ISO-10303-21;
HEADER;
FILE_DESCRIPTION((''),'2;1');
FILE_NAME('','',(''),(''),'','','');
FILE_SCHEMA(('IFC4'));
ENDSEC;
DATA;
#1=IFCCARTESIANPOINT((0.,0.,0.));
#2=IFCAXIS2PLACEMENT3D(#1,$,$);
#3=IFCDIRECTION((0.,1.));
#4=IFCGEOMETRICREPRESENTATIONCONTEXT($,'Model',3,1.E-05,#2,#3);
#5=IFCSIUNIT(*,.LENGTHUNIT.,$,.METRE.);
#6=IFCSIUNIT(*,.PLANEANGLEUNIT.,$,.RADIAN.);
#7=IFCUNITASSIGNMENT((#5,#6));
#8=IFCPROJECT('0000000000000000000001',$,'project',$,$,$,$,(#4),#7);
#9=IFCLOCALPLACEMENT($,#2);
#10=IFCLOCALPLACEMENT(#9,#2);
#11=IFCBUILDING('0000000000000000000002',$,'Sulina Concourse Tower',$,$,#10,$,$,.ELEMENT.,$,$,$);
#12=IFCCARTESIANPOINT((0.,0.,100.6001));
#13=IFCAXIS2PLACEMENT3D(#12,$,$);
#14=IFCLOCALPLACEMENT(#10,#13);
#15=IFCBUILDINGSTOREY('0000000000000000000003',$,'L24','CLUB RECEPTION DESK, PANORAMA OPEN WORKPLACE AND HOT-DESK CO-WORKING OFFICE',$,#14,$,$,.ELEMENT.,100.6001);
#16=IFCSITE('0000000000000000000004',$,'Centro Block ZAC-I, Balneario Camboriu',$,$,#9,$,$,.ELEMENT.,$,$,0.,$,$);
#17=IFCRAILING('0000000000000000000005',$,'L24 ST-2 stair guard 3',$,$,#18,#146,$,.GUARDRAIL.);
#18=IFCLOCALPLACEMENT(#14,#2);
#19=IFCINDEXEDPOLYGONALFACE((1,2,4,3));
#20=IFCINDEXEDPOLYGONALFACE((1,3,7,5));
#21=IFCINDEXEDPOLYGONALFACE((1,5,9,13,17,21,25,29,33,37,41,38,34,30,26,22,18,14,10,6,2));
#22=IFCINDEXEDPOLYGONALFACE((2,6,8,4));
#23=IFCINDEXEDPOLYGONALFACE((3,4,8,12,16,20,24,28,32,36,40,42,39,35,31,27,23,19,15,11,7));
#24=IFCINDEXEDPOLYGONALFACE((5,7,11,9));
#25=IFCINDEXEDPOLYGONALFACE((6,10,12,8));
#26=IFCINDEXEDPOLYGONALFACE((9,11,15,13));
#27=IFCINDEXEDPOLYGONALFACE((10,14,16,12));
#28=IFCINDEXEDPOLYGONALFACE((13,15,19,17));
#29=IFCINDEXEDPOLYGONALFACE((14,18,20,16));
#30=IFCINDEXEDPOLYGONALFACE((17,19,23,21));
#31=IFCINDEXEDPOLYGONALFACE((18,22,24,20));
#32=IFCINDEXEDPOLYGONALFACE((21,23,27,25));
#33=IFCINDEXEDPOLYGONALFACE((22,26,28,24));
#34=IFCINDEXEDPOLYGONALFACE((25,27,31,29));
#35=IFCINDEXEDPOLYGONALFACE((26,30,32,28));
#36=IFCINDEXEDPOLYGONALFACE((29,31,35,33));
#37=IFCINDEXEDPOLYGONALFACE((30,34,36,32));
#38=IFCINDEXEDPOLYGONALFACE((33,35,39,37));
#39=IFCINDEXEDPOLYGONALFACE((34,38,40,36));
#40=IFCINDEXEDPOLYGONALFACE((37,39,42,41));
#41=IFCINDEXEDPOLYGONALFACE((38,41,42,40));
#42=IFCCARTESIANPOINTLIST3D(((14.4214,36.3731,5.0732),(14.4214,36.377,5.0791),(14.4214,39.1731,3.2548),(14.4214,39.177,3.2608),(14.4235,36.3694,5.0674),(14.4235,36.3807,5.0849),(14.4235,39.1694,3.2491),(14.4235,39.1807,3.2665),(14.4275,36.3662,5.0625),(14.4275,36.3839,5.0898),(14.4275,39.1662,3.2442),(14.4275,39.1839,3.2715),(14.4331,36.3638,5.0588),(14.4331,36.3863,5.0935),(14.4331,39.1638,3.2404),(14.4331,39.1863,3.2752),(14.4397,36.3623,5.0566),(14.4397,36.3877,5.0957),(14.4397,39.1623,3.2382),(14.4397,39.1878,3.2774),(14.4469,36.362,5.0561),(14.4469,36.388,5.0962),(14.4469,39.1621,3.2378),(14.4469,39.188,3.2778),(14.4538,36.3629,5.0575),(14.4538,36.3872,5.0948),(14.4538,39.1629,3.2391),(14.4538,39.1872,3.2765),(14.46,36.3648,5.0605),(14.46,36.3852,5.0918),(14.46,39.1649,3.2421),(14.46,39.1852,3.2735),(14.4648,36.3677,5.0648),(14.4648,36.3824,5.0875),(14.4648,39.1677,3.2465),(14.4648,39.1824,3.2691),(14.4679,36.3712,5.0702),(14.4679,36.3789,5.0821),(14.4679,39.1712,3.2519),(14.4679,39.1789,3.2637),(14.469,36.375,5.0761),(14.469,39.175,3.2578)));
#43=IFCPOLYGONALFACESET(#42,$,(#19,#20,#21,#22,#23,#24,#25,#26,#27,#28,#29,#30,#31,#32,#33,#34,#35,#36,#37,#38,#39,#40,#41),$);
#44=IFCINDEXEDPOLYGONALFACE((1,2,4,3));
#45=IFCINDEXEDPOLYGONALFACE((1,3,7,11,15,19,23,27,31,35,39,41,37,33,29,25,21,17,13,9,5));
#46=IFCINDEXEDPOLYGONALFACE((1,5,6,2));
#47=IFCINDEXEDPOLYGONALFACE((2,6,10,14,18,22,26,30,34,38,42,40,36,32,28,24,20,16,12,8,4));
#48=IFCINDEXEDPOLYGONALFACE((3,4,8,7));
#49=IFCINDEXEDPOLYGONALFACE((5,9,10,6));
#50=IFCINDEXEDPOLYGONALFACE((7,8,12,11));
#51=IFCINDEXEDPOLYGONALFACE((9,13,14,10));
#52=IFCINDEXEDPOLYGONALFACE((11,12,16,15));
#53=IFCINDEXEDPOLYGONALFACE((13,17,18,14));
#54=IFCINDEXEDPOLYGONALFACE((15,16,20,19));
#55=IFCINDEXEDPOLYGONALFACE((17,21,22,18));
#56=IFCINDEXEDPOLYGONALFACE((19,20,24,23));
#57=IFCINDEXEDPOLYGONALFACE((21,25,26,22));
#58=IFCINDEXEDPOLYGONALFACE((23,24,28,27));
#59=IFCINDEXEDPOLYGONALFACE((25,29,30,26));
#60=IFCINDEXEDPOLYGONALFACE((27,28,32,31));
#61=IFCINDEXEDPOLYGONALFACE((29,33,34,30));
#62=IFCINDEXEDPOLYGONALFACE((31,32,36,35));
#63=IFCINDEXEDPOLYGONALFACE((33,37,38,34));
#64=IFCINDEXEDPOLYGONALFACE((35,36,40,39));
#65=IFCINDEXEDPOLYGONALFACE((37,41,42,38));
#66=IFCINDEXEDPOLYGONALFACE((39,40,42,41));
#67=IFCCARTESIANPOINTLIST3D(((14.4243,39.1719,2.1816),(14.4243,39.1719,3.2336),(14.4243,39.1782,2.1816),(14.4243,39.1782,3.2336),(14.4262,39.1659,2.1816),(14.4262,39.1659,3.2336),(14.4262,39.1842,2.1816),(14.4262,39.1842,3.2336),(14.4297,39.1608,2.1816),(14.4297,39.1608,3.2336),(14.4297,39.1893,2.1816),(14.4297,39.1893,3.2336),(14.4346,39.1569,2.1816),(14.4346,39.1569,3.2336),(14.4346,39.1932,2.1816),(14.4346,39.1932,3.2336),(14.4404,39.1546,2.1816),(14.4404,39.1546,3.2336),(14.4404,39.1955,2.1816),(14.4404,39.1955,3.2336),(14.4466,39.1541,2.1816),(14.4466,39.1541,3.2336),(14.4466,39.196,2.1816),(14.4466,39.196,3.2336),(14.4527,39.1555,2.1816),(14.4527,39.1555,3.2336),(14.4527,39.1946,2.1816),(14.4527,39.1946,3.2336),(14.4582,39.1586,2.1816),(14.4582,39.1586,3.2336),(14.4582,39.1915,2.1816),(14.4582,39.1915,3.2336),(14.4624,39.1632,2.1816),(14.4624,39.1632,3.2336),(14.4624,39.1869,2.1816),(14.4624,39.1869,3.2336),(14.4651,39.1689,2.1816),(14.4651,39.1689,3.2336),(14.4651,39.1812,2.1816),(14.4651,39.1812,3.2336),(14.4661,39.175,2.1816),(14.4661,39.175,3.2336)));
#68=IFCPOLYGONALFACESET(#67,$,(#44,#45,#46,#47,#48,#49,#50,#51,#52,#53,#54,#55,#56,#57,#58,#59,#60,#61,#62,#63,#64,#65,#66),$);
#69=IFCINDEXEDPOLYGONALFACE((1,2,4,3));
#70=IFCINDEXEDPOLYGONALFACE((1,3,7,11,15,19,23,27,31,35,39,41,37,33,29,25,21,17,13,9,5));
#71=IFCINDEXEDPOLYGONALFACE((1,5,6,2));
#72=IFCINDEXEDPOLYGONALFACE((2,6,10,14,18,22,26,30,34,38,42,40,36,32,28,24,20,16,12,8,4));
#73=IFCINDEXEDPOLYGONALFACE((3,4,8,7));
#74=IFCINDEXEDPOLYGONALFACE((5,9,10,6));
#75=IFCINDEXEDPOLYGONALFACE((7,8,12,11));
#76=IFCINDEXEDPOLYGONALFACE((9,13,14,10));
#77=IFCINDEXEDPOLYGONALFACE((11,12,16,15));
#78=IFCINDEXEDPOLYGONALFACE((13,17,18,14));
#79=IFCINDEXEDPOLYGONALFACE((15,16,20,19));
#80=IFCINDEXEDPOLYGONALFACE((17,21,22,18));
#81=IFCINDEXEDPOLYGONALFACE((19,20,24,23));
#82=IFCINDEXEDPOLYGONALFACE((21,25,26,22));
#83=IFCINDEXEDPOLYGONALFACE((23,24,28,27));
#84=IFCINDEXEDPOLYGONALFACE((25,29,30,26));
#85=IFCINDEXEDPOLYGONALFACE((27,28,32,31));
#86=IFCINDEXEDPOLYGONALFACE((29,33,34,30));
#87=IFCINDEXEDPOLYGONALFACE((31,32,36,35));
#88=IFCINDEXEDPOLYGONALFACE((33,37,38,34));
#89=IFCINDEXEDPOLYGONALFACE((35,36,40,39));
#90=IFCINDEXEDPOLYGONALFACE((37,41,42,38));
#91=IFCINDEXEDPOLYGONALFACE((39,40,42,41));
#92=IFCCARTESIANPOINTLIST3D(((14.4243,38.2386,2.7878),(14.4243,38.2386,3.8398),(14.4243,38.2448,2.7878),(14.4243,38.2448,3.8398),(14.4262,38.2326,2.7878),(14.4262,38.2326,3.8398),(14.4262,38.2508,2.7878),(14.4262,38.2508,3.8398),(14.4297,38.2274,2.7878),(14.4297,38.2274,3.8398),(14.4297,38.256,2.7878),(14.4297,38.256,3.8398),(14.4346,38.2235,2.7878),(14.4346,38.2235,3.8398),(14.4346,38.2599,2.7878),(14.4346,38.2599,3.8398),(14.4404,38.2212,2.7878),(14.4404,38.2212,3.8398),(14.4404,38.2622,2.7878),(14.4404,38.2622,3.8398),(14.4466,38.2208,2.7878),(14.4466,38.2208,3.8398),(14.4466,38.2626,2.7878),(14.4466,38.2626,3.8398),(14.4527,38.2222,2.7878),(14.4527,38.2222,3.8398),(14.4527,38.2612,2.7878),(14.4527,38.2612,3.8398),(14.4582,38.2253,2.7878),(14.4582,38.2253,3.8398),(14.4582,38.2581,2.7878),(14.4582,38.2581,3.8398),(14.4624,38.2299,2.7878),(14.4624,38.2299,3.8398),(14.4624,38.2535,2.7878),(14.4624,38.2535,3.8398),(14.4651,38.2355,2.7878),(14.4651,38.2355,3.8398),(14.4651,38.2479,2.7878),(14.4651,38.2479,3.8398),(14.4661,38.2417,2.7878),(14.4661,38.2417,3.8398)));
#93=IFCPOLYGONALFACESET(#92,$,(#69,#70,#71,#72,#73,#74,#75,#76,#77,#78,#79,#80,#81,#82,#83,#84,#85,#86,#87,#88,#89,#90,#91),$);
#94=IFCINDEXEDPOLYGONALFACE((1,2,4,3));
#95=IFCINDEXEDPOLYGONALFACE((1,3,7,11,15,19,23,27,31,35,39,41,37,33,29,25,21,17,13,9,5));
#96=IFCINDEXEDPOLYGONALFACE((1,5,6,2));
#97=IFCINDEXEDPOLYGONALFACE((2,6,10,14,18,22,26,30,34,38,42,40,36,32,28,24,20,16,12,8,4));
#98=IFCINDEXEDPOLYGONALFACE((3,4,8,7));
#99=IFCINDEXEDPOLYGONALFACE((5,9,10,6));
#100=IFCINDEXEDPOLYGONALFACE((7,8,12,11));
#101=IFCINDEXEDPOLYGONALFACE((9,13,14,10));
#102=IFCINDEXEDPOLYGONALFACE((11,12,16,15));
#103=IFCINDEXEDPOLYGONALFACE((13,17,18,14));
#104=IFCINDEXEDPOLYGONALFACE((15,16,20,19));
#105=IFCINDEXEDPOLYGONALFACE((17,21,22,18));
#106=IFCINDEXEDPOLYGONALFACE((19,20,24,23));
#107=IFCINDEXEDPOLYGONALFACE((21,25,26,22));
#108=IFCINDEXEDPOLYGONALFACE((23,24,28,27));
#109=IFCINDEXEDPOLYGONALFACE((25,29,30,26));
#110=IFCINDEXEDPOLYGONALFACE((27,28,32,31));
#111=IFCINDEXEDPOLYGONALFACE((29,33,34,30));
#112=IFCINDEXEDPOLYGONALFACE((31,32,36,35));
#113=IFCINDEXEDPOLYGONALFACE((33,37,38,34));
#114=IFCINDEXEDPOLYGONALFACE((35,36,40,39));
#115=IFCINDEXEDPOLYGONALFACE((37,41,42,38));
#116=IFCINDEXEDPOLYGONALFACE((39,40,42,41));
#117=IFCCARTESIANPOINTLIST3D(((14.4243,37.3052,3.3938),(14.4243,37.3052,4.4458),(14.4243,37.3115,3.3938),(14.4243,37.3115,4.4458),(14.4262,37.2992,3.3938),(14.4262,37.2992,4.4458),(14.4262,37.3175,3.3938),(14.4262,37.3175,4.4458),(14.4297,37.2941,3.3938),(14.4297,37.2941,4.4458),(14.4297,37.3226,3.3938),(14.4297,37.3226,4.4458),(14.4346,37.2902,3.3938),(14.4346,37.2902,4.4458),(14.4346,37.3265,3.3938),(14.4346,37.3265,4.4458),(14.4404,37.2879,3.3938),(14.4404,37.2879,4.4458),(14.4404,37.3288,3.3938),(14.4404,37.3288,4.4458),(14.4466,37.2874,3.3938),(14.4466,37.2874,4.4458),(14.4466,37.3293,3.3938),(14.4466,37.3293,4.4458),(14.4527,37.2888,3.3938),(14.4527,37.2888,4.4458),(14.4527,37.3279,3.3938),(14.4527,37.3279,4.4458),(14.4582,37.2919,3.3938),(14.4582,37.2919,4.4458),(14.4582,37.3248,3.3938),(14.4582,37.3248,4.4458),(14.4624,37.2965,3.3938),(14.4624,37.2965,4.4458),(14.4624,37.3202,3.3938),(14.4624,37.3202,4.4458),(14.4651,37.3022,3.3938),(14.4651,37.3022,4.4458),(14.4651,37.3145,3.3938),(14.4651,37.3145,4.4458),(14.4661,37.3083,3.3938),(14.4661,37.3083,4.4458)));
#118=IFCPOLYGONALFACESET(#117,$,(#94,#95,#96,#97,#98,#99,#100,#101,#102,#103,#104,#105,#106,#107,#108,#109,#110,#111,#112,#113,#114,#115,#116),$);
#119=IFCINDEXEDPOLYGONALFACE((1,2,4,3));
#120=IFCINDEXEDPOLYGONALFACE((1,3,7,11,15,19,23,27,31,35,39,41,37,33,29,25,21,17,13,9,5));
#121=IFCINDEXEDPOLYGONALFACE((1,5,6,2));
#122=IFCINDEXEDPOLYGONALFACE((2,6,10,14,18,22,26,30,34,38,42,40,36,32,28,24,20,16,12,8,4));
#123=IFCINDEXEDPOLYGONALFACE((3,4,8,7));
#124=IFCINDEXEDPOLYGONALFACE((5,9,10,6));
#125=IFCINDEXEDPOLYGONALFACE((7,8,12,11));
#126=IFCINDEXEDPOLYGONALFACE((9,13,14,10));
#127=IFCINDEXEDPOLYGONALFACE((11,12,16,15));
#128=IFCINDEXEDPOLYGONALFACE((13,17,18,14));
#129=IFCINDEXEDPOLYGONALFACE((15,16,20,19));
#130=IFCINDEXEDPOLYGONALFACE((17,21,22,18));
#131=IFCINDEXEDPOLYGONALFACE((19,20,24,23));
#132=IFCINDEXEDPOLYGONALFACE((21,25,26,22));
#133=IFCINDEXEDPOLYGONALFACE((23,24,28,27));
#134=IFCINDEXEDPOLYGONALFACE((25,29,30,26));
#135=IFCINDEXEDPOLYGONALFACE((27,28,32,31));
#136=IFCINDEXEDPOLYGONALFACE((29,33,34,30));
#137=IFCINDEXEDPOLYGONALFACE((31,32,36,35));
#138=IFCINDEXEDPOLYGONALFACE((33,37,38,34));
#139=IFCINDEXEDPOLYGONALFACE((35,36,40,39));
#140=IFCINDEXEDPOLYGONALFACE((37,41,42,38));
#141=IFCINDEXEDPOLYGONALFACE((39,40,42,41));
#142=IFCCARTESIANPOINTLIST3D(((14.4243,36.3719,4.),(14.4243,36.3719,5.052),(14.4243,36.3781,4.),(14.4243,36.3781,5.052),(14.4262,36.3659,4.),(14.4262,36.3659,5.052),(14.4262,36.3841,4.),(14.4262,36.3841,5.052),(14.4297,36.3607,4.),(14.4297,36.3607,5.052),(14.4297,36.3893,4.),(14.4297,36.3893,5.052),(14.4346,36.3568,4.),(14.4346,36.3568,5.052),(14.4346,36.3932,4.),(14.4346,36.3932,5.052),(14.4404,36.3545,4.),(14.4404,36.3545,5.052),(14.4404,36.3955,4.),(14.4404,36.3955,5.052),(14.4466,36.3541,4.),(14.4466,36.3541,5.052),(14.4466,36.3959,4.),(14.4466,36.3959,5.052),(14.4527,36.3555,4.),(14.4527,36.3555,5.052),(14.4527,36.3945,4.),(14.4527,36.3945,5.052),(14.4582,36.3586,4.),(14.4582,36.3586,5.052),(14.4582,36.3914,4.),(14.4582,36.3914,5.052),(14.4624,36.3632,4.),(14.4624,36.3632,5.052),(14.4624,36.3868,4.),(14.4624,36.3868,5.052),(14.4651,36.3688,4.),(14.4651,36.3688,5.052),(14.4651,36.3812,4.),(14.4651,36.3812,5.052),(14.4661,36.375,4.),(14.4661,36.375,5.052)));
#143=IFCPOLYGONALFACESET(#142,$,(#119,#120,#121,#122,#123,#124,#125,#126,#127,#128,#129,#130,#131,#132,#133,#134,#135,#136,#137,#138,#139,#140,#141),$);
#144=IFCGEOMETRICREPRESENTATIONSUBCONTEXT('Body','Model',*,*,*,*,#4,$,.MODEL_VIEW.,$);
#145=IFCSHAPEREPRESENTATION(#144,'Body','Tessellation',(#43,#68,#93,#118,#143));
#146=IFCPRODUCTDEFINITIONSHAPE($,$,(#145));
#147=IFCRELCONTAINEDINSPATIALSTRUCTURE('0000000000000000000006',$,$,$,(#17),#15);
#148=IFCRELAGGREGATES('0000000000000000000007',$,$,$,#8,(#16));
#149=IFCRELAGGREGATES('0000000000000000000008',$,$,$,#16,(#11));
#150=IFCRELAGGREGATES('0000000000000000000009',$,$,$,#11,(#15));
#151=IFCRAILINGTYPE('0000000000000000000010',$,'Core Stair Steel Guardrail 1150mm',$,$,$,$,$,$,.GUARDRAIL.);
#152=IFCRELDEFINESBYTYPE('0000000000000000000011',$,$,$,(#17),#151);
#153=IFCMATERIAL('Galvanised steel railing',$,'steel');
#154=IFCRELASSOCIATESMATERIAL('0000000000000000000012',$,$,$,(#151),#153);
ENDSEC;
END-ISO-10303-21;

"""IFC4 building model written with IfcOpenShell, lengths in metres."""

from ifc_helpers import new_model, si_unit, direction, frame, origin, origin_2d, place, context, subcontext, project, spatial, circle, extrude, material, type_object, element, save


model = new_model("IFC4")

# Units and contexts
model_context = context("Model", 3, precision=1e-05, world=origin(), true_north=direction((0.0, 1.0)))
body_context = subcontext(model_context, "Body", "Model", "MODEL_VIEW")
ifc_project = project(units=[si_unit("LENGTHUNIT", "METRE"), si_unit("PLANEANGLEUNIT", "RADIAN")], contexts=[model_context])

# Site, building, storey
site_placement = place(None, origin())
site = spatial("IfcSite", under=ifc_project, at=site_placement, Name="Centro Block ZAC-I, Balneario Camboriu", CompositionType="ELEMENT", RefElevation=0.0)
building_placement = place(site_placement, origin())
building = spatial("IfcBuilding", under=site, at=building_placement, Name="Sulina Concourse Tower", CompositionType="ELEMENT")
storey_placement = place(building_placement, frame((0.0, 0.0, 100.6001)))
storey = spatial("IfcBuildingStorey", under=building, at=storey_placement, Name="L24", Description="CLUB RECEPTION DESK, PANORAMA OPEN WORKPLACE AND HOT-DESK CO-WORKING OFFICE", CompositionType="ELEMENT", Elevation=100.6001)

# Railing
ifc_material_1 = material(Name="Galvanised steel railing", Category="steel")
railing_type_1 = type_object("IfcRailingType", Name="Core Stair Steel Guardrail 1150mm", PredefinedType="GUARDRAIL", material=ifc_material_1)
railing_1_placement = place(storey_placement, frame((14.4451, 39.175, 2.1816)))
element("IfcRailing", 1, at=railing_1_placement, inside=storey, type_object=railing_type_1, Name="L24 ST-2 stair guard 3", PredefinedType="GUARDRAIL", context=body_context, shape_type="SweptSolid", body=[
    extrude(circle(Radius=0.0239, at=origin_2d()), frame((0.0, 0.0, 1.0762), z_axis=(0.0, -0.838672, 0.544636), x_axis=(1.0, 0.0, 0.0)), (0.0, 0.0, 1.0), 3.3386),
    extrude(circle(Radius=0.021, at=origin_2d()), origin(), (0.0, 0.0, 1.0), 1.052),
    extrude(circle(Radius=0.021, at=origin_2d()), frame((0.0, -0.9333, 0.6062)), (0.0, 0.0, 1.0), 1.052),
    extrude(circle(Radius=0.021, at=origin_2d()), frame((0.0, -1.8667, 1.2122)), (0.0, 0.0, 1.0), 1.052),
    extrude(circle(Radius=0.021, at=origin_2d()), frame((0.0, -2.8, 1.8184)), (0.0, 0.0, 1.0), 1.052),
])

save(model, "model.ifc")
